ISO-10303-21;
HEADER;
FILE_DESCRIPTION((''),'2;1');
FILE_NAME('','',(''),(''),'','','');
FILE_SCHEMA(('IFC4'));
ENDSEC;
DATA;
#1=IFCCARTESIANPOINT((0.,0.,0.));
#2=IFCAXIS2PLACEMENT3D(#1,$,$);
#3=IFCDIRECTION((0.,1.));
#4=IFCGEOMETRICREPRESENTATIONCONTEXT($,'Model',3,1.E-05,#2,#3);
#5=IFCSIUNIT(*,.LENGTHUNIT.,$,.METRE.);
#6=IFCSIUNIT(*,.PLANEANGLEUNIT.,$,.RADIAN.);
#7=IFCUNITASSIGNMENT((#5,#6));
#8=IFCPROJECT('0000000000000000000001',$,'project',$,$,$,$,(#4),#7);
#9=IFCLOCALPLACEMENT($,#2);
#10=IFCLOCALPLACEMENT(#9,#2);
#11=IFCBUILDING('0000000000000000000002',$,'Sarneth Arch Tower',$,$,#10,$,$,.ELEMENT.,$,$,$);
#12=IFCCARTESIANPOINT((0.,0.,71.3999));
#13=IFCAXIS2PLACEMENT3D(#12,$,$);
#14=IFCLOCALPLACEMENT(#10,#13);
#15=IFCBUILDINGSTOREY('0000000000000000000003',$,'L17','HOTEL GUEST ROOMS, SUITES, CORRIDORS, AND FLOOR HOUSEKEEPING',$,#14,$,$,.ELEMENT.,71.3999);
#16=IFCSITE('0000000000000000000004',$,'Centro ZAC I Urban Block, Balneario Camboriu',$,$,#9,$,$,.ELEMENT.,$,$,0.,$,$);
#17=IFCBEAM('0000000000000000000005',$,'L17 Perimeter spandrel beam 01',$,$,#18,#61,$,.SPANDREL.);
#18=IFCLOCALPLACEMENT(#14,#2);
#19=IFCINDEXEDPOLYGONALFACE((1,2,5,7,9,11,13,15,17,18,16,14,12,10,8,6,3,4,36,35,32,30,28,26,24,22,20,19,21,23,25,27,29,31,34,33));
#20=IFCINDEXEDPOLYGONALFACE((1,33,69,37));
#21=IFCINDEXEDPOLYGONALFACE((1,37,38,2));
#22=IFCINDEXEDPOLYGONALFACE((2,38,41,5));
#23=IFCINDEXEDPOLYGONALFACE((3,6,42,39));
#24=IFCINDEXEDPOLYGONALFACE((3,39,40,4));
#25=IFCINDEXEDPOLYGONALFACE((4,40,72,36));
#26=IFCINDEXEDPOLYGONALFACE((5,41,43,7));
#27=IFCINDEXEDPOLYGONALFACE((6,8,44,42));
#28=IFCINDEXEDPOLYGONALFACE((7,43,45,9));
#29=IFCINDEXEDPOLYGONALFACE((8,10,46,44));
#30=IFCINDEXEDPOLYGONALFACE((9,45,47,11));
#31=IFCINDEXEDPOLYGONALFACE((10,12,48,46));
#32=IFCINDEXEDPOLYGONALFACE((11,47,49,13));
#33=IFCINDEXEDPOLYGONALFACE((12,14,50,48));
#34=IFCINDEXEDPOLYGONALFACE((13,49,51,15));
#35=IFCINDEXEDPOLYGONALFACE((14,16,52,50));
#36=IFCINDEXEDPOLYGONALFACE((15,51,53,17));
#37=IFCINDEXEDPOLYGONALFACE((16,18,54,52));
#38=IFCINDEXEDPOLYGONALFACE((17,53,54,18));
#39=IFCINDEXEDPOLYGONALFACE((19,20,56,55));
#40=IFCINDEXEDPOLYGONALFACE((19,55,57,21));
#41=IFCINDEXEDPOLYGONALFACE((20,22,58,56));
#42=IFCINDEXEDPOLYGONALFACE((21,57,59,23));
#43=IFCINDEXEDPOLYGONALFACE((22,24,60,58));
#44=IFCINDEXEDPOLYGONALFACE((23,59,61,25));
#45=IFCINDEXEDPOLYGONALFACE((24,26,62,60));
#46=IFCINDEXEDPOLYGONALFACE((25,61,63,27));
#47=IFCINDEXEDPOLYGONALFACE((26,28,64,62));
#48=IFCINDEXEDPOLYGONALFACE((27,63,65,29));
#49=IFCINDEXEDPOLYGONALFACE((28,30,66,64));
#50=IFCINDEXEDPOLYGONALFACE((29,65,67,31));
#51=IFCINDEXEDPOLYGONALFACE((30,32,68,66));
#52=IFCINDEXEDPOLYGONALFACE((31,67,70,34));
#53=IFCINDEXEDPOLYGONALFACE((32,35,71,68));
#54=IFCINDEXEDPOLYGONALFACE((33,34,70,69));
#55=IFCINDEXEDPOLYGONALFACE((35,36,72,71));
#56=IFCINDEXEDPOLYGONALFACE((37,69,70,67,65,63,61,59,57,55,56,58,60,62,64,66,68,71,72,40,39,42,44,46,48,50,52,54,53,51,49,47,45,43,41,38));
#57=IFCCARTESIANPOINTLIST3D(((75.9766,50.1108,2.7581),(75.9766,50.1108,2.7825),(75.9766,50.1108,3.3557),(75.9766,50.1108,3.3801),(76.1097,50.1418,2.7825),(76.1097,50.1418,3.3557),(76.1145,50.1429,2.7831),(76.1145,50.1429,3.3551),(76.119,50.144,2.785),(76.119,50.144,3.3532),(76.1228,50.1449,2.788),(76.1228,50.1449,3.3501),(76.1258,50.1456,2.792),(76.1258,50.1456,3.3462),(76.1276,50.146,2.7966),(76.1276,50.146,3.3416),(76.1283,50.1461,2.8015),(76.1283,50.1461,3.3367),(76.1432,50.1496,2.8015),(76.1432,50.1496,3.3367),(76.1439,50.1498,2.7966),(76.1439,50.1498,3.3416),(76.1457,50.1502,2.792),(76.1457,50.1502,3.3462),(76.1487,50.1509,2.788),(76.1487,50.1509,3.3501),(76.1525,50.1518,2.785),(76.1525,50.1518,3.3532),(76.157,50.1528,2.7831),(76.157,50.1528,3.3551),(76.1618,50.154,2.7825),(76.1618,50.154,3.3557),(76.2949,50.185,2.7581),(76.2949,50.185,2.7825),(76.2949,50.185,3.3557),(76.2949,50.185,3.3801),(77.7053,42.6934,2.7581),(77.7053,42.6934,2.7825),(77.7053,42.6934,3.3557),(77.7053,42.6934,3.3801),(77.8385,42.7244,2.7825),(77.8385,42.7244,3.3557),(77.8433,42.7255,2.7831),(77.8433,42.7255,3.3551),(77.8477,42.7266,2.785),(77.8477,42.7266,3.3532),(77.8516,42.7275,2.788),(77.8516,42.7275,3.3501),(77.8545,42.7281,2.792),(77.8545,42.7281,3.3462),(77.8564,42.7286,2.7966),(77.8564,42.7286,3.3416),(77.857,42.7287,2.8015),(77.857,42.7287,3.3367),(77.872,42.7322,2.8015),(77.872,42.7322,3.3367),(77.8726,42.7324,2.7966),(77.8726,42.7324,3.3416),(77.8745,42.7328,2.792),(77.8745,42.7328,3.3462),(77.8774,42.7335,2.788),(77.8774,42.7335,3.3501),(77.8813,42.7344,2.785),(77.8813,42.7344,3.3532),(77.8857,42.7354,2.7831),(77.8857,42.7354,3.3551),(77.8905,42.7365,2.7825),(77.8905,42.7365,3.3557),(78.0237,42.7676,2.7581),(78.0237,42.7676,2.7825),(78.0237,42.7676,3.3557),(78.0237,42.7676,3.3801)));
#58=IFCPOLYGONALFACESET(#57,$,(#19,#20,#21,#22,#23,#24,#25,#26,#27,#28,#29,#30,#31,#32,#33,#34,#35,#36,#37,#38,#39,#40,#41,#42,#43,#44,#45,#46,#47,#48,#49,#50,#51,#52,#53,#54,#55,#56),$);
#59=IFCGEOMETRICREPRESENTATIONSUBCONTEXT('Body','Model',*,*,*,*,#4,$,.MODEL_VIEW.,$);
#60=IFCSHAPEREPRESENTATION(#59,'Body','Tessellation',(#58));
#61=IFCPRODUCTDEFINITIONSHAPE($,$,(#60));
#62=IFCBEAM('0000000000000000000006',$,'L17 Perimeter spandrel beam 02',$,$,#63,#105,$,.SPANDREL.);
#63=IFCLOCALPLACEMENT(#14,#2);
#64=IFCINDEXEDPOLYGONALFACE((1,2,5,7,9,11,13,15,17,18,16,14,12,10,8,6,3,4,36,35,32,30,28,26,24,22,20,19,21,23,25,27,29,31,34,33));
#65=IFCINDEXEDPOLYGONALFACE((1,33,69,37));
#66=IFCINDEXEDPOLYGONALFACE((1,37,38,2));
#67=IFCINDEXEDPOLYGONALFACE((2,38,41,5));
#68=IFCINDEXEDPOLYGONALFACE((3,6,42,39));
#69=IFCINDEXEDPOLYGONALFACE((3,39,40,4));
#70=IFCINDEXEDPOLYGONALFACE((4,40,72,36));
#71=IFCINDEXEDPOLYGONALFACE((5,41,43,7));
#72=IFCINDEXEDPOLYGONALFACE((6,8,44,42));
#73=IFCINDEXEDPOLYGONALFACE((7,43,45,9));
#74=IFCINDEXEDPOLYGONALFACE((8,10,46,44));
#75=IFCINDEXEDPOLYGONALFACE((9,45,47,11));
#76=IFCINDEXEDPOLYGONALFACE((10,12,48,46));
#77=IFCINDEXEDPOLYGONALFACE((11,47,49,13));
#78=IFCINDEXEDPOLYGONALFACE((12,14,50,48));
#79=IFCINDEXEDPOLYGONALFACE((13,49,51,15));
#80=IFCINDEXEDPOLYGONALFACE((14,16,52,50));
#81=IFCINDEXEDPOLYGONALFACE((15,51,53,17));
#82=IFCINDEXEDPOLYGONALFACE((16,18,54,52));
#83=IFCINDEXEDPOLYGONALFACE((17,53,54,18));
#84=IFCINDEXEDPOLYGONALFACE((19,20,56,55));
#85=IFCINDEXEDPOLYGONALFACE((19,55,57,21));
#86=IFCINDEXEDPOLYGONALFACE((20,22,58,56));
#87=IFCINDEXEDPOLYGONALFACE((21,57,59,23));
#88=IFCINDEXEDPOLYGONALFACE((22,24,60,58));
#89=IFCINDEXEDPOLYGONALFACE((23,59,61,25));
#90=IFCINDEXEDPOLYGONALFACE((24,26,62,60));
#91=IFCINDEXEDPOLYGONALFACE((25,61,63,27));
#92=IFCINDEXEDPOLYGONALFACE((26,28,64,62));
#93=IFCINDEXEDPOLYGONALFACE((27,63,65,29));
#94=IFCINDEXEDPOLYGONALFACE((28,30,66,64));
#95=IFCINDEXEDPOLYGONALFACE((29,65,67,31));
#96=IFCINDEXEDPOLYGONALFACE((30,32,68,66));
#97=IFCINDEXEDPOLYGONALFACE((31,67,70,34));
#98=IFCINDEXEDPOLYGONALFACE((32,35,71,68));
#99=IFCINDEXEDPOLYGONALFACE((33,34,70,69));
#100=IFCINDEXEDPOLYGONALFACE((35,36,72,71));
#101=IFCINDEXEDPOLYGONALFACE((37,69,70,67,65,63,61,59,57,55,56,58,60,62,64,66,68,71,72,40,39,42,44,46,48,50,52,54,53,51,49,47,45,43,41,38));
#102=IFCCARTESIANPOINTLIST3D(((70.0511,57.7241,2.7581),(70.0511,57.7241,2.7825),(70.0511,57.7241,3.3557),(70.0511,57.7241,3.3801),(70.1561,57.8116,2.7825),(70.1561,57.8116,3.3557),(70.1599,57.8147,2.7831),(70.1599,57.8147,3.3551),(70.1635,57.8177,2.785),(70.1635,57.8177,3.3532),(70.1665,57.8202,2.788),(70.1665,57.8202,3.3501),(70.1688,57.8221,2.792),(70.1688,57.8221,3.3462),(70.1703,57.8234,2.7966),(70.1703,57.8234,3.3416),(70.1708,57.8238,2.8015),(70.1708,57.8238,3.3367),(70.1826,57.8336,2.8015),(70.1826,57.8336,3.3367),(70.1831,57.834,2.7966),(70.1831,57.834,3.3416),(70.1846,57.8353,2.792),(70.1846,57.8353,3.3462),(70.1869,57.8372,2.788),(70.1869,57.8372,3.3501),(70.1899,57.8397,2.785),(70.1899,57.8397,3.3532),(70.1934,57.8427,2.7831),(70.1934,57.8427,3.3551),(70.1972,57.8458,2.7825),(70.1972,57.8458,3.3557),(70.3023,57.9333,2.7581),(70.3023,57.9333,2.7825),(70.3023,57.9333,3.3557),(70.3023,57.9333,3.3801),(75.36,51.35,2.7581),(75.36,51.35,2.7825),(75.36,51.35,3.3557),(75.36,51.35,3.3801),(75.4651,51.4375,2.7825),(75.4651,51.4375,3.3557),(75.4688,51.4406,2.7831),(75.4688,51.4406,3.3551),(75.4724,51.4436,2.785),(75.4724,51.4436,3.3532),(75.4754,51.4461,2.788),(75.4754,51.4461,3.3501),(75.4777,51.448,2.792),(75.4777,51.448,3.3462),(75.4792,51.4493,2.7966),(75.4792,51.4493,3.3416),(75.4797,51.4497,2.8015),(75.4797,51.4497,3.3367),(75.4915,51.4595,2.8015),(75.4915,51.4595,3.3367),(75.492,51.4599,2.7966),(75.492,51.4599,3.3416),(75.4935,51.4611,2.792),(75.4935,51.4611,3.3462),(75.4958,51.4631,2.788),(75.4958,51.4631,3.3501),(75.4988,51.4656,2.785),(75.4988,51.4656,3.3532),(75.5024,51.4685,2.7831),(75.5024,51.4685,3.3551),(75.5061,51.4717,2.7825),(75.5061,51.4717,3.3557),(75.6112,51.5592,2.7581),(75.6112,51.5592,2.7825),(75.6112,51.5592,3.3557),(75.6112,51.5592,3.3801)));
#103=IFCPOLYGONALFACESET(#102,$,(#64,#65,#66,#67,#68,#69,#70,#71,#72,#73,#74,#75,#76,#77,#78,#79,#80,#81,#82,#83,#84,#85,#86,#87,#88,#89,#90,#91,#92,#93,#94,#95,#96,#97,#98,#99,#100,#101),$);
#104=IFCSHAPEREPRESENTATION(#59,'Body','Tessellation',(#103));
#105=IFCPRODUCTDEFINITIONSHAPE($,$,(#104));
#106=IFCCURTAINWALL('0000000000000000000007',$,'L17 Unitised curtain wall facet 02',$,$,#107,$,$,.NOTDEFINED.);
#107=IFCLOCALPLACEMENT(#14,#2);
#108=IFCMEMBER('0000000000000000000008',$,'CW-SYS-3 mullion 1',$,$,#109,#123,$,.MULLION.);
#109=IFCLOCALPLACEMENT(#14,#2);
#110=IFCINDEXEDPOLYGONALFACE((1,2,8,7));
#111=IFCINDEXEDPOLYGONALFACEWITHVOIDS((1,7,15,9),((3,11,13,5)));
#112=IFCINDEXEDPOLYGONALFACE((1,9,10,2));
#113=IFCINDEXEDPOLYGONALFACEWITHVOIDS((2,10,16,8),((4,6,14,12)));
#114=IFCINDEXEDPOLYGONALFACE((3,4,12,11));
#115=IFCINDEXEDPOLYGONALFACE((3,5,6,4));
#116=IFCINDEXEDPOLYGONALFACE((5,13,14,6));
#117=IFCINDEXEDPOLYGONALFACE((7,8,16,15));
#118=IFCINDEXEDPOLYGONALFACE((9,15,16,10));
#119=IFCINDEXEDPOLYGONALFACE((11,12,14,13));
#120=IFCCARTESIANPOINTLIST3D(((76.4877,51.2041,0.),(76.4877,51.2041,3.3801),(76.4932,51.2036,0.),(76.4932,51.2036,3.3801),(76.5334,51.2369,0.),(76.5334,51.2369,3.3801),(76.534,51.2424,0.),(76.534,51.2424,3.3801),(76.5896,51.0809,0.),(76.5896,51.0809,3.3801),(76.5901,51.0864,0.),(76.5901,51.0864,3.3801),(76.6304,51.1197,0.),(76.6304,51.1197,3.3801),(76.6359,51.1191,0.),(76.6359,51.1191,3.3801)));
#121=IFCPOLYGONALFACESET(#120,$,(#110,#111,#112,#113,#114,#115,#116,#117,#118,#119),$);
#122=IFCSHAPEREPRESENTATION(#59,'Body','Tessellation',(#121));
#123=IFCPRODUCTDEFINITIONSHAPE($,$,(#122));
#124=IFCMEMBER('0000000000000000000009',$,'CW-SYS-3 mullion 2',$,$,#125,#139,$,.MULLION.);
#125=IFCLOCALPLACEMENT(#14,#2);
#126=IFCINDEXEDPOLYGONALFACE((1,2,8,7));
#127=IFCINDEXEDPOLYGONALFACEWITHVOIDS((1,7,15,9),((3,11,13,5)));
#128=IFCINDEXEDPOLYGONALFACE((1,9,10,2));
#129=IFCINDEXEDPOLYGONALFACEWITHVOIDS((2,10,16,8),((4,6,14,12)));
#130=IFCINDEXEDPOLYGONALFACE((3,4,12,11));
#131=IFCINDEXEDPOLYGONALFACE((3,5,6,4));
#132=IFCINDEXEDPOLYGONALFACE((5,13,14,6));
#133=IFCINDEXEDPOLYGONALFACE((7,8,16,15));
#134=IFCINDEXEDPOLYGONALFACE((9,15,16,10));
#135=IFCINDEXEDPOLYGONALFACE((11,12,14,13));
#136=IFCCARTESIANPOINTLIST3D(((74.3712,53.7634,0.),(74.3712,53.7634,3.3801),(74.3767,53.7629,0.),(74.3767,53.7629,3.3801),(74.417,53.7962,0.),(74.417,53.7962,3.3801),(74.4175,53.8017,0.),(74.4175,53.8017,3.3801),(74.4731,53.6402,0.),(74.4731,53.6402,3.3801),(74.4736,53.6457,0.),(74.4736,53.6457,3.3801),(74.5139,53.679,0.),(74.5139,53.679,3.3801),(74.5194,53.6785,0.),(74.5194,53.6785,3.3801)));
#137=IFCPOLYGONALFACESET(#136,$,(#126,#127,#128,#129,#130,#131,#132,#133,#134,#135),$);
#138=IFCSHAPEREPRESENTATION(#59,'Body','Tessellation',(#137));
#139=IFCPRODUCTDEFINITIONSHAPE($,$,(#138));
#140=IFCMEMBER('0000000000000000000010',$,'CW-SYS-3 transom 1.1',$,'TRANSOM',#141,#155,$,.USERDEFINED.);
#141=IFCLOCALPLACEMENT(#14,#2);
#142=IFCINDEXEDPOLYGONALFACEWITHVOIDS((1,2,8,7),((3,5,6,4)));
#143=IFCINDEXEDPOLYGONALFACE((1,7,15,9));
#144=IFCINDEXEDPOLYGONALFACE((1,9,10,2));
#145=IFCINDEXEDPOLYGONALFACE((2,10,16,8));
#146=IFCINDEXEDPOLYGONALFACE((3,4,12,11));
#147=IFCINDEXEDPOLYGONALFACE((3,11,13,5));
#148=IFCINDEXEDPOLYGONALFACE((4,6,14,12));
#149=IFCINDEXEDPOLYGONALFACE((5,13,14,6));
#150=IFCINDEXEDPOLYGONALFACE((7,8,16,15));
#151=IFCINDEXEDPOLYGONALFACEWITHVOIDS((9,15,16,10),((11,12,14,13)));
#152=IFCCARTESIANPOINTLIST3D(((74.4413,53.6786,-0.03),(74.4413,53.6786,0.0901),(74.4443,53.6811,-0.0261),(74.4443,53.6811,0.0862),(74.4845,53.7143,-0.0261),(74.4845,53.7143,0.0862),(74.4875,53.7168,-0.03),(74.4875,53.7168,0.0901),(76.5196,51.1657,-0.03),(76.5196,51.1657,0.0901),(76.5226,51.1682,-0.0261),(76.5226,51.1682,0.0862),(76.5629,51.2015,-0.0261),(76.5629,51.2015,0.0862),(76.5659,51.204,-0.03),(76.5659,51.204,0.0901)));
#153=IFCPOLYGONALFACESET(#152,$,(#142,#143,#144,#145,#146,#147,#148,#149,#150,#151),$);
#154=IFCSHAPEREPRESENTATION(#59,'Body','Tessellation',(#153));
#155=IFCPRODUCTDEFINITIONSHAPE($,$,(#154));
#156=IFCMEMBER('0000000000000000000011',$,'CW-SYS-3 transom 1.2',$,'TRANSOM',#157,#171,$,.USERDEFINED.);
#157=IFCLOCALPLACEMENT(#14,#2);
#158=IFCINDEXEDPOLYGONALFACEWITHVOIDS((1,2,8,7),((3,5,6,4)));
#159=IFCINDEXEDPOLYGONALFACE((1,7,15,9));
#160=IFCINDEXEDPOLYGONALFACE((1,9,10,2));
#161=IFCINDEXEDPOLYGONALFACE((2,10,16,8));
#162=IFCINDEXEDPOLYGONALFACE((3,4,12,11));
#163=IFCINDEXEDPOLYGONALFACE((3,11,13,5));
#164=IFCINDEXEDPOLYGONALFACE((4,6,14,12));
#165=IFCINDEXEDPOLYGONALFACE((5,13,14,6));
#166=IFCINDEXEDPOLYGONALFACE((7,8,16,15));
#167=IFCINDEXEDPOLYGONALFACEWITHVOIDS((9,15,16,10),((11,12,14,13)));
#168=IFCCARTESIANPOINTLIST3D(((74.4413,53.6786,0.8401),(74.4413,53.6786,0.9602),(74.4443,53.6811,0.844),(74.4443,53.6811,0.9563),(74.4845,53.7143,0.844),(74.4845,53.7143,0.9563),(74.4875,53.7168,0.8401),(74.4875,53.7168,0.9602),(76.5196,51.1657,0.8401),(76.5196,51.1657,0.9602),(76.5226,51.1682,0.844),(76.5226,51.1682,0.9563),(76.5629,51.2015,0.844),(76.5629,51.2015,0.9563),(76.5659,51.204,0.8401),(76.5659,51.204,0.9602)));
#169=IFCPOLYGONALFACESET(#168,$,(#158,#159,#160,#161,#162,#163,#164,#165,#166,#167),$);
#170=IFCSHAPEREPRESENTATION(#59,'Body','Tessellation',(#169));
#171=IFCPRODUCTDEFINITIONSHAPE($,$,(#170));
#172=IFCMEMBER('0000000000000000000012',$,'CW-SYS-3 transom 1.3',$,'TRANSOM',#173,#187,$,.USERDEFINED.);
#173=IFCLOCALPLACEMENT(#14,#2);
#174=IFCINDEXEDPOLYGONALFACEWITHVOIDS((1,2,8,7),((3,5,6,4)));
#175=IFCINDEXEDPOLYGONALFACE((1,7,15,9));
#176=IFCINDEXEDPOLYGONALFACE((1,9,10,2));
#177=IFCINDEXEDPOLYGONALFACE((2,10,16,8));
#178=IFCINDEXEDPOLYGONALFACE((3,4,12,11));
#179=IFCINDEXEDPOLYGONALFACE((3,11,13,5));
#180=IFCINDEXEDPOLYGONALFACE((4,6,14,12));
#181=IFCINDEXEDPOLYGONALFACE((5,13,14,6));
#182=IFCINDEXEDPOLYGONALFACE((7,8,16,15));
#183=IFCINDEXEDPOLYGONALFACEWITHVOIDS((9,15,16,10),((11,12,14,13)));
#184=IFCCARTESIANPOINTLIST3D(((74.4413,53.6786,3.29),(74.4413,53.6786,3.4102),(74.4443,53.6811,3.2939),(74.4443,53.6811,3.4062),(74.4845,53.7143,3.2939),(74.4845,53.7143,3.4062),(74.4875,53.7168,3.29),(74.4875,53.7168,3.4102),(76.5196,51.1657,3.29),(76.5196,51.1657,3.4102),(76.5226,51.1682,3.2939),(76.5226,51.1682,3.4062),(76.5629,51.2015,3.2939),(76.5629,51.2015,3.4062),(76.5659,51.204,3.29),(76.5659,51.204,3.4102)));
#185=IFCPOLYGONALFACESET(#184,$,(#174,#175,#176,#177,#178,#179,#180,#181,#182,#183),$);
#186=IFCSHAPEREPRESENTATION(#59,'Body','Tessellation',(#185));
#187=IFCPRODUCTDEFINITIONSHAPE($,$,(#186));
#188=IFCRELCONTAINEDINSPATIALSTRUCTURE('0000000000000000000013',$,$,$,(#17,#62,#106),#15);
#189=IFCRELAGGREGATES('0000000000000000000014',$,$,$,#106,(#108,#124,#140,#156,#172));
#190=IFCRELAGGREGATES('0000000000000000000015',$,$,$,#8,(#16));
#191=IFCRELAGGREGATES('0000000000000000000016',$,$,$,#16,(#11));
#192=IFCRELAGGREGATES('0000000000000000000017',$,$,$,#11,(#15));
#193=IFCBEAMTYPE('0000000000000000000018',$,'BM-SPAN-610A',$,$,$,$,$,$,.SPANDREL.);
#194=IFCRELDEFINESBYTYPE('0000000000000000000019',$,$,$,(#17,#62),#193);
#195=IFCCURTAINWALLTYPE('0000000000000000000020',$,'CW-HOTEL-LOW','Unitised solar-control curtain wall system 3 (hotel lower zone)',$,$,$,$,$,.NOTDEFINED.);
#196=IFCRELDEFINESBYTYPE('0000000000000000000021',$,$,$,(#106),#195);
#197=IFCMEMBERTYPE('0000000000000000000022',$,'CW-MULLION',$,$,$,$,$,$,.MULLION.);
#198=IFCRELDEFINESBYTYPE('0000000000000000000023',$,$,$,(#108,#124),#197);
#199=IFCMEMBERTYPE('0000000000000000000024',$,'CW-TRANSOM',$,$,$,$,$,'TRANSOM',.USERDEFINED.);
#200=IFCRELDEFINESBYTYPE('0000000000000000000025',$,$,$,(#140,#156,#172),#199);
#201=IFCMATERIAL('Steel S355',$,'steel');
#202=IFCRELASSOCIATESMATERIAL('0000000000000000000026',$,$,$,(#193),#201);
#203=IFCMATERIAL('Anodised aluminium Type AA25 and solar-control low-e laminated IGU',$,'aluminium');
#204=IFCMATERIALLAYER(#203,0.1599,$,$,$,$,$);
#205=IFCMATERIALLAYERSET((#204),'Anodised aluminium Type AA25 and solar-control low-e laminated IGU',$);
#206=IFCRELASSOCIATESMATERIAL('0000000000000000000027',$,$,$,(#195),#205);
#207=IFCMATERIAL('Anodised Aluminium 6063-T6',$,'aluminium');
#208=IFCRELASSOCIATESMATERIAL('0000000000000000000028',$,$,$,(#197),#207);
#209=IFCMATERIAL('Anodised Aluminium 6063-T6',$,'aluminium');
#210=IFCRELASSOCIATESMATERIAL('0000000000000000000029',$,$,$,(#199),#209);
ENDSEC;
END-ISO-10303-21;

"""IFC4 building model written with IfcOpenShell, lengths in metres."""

from ifc_helpers import new_model, si_unit, direction, frame, origin, origin_2d, place, context, subcontext, project, spatial, hollow_rectangle, i_section, extrude, material, layer, layer_set, material_profile, profile_set, type_object, element, aggregate, save


model = new_model("IFC4")

# Units and contexts
model_context = context("Model", 3, precision=1e-05, world=origin(), true_north=direction((0.0, 1.0)))
body_context = subcontext(model_context, "Body", "Model", "MODEL_VIEW")
ifc_project = project(units=[si_unit("LENGTHUNIT", "METRE"), si_unit("PLANEANGLEUNIT", "RADIAN")], contexts=[model_context])

# Site, building, storey
site_placement = place(None, origin())
site = spatial("IfcSite", under=ifc_project, at=site_placement, Name="Centro ZAC I Urban Block, Balneario Camboriu", CompositionType="ELEMENT", RefElevation=0.0)
building_placement = place(site_placement, origin())
building = spatial("IfcBuilding", under=site, at=building_placement, Name="Sarneth Arch Tower", CompositionType="ELEMENT")
storey_placement = place(building_placement, frame((0.0, 0.0, 71.3999)))
storey = spatial("IfcBuildingStorey", under=building, at=storey_placement, Name="L17", Description="HOTEL GUEST ROOMS, SUITES, CORRIDORS, AND FLOOR HOUSEKEEPING", CompositionType="ELEMENT", Elevation=71.3999)

# Beams
ifc_material_1 = material(Name="Steel S355", Category="steel")
ifc_material_profile_1 = material_profile(ifc_material_1, i_section(OverallWidth=0.3269, OverallDepth=0.6221, WebThickness=0.0154, FlangeThickness=0.0244, FilletRadius=0.019, at=origin_2d()), Name="W610x195")
ifc_profile_set_1 = profile_set([ifc_material_profile_1], Name="Steel S355")
beam_type = type_object("IfcBeamType", Name="BM-SPAN-610A", PredefinedType="SPANDREL", material=ifc_profile_set_1)
beam_1_placement = place(storey_placement, frame((77.8645, 42.7305, 3.0691), z_axis=(-0.226982, 0.973899, 0.0), x_axis=(-0.973899, -0.226982, 0.0)))
element("IfcBeam", 1, at=beam_1_placement, inside=storey, type_object=beam_type, Name="L17 Perimeter spandrel beam 01", PredefinedType="SPANDREL", context=body_context, shape_type="SweptSolid", body=[
    extrude(i_section(OverallWidth=0.3269, OverallDepth=0.6221, WebThickness=0.0154, FlangeThickness=0.0244, FilletRadius=0.019, at=origin_2d()), origin(), (0.0, 0.0, 1.0), 7.6162),
])
beam_2_placement = place(storey_placement, frame((75.4856, 51.4546, 3.0691), z_axis=(-0.639982, 0.76839, 0.0), x_axis=(-0.76839, -0.639982, 0.0)))
element("IfcBeam", 2, at=beam_2_placement, inside=storey, type_object=beam_type, Name="L17 Perimeter spandrel beam 02", PredefinedType="SPANDREL", context=body_context, shape_type="SweptSolid", body=[
    extrude(i_section(OverallWidth=0.3269, OverallDepth=0.6221, WebThickness=0.0154, FlangeThickness=0.0244, FilletRadius=0.019, at=origin_2d()), origin(), (0.0, 0.0, 1.0), 8.2954),
])

# Curtain wall, members
ifc_material_2 = material(Name="Anodised aluminium Type AA25 and solar-control low-e laminated IGU", Category="aluminium")
ifc_layer_1 = layer(ifc_material_2, 0.1599)
ifc_layer_set_1 = layer_set([ifc_layer_1], Name="Anodised aluminium Type AA25 and solar-control low-e laminated IGU")
curtain_wall_type = type_object("IfcCurtainWallType", Name="CW-HOTEL-LOW", Description="Unitised solar-control curtain wall system 3 (hotel lower zone)", PredefinedType="NOTDEFINED", material=ifc_layer_set_1)
curtain_wall_placement = place(storey_placement, origin())
curtain_wall = element("IfcCurtainWall", 3, at=curtain_wall_placement, inside=storey, type_object=curtain_wall_type, Name="L17 Unitised curtain wall facet 02", PredefinedType="NOTDEFINED")
ifc_material_3 = material(Name="Anodised Aluminium 6063-T6", Category="aluminium")
ifc_material_profile_2 = material_profile(ifc_material_3, hollow_rectangle(XDim=0.0601, YDim=0.1599, WallThickness=0.0039, at=origin_2d()), Name="AL-MULL-160x60x4")
ifc_profile_set_2 = profile_set([ifc_material_profile_2], Name="Anodised Aluminium 6063-T6")
member_type_1 = type_object("IfcMemberType", Name="CW-MULLION", PredefinedType="MULLION", material=ifc_profile_set_2)
member_1_placement = place(storey_placement, frame((76.5618, 51.1616, 0.0), z_axis=(0.0, 0.0, 1.0), x_axis=(-0.770623, -0.637291, 0.0)))
member_1 = element("IfcMember", 4, at=member_1_placement, type_object=member_type_1, Name="CW-SYS-3 mullion 1", PredefinedType="MULLION", context=body_context, shape_type="SweptSolid", body=[
    extrude(hollow_rectangle(XDim=0.0601, YDim=0.1599, WallThickness=0.0039, at=origin_2d()), origin(), (0.0, 0.0, 1.0), 3.3801),
])
member_2_placement = place(storey_placement, frame((74.4453, 53.7209, 0.0), z_axis=(0.0, 0.0, 1.0), x_axis=(-0.770623, -0.637291, 0.0)))
member_2 = element("IfcMember", 5, at=member_2_placement, type_object=member_type_1, Name="CW-SYS-3 mullion 2", PredefinedType="MULLION", context=body_context, shape_type="SweptSolid", body=[
    extrude(hollow_rectangle(XDim=0.0601, YDim=0.1599, WallThickness=0.0039, at=origin_2d()), origin(), (0.0, 0.0, 1.0), 3.3801),
])
ifc_material_4 = material(Name="Anodised Aluminium 6063-T6", Category="aluminium")
ifc_material_profile_3 = material_profile(ifc_material_4, hollow_rectangle(XDim=0.0601, YDim=0.1201, WallThickness=0.0039, at=origin_2d()), Name="AL-TRAN-120x60x4")
ifc_profile_set_3 = profile_set([ifc_material_profile_3], Name="Anodised Aluminium 6063-T6")
member_type_2 = type_object("IfcMemberType", Name="CW-TRANSOM", ElementType="TRANSOM", PredefinedType="USERDEFINED", material=ifc_profile_set_3)
member_3_placement = place(storey_placement, frame((76.5427, 51.1848, 0.03), z_axis=(-0.63733, 0.770591, 0.0), x_axis=(-0.770591, -0.63733, 0.0)))
member_3 = element("IfcMember", 6, at=member_3_placement, type_object=member_type_2, Name="CW-SYS-3 transom 1.1", ObjectType="TRANSOM", PredefinedType="USERDEFINED", context=body_context, shape_type="SweptSolid", body=[
    extrude(hollow_rectangle(XDim=0.0601, YDim=0.1201, WallThickness=0.0039, at=origin_2d()), origin(), (0.0, 0.0, 1.0), 3.261),
])
member_4_placement = place(storey_placement, frame((76.5427, 51.1848, 0.9001), z_axis=(-0.63733, 0.770591, 0.0), x_axis=(-0.770591, -0.63733, 0.0)))
member_4 = element("IfcMember", 7, at=member_4_placement, type_object=member_type_2, Name="CW-SYS-3 transom 1.2", ObjectType="TRANSOM", PredefinedType="USERDEFINED", context=body_context, shape_type="SweptSolid", body=[
    extrude(hollow_rectangle(XDim=0.0601, YDim=0.1201, WallThickness=0.0039, at=origin_2d()), origin(), (0.0, 0.0, 1.0), 3.261),
])
member_5_placement = place(storey_placement, frame((76.5427, 51.1848, 3.3501), z_axis=(-0.63733, 0.770591, 0.0), x_axis=(-0.770591, -0.63733, 0.0)))
member_5 = element("IfcMember", 8, at=member_5_placement, type_object=member_type_2, Name="CW-SYS-3 transom 1.3", ObjectType="TRANSOM", PredefinedType="USERDEFINED", context=body_context, shape_type="SweptSolid", body=[
    extrude(hollow_rectangle(XDim=0.0601, YDim=0.1201, WallThickness=0.0039, at=origin_2d()), origin(), (0.0, 0.0, 1.0), 3.261),
])

aggregate(curtain_wall, [member_1, member_2, member_3, member_4, member_5])

save(model, "model.ifc")
